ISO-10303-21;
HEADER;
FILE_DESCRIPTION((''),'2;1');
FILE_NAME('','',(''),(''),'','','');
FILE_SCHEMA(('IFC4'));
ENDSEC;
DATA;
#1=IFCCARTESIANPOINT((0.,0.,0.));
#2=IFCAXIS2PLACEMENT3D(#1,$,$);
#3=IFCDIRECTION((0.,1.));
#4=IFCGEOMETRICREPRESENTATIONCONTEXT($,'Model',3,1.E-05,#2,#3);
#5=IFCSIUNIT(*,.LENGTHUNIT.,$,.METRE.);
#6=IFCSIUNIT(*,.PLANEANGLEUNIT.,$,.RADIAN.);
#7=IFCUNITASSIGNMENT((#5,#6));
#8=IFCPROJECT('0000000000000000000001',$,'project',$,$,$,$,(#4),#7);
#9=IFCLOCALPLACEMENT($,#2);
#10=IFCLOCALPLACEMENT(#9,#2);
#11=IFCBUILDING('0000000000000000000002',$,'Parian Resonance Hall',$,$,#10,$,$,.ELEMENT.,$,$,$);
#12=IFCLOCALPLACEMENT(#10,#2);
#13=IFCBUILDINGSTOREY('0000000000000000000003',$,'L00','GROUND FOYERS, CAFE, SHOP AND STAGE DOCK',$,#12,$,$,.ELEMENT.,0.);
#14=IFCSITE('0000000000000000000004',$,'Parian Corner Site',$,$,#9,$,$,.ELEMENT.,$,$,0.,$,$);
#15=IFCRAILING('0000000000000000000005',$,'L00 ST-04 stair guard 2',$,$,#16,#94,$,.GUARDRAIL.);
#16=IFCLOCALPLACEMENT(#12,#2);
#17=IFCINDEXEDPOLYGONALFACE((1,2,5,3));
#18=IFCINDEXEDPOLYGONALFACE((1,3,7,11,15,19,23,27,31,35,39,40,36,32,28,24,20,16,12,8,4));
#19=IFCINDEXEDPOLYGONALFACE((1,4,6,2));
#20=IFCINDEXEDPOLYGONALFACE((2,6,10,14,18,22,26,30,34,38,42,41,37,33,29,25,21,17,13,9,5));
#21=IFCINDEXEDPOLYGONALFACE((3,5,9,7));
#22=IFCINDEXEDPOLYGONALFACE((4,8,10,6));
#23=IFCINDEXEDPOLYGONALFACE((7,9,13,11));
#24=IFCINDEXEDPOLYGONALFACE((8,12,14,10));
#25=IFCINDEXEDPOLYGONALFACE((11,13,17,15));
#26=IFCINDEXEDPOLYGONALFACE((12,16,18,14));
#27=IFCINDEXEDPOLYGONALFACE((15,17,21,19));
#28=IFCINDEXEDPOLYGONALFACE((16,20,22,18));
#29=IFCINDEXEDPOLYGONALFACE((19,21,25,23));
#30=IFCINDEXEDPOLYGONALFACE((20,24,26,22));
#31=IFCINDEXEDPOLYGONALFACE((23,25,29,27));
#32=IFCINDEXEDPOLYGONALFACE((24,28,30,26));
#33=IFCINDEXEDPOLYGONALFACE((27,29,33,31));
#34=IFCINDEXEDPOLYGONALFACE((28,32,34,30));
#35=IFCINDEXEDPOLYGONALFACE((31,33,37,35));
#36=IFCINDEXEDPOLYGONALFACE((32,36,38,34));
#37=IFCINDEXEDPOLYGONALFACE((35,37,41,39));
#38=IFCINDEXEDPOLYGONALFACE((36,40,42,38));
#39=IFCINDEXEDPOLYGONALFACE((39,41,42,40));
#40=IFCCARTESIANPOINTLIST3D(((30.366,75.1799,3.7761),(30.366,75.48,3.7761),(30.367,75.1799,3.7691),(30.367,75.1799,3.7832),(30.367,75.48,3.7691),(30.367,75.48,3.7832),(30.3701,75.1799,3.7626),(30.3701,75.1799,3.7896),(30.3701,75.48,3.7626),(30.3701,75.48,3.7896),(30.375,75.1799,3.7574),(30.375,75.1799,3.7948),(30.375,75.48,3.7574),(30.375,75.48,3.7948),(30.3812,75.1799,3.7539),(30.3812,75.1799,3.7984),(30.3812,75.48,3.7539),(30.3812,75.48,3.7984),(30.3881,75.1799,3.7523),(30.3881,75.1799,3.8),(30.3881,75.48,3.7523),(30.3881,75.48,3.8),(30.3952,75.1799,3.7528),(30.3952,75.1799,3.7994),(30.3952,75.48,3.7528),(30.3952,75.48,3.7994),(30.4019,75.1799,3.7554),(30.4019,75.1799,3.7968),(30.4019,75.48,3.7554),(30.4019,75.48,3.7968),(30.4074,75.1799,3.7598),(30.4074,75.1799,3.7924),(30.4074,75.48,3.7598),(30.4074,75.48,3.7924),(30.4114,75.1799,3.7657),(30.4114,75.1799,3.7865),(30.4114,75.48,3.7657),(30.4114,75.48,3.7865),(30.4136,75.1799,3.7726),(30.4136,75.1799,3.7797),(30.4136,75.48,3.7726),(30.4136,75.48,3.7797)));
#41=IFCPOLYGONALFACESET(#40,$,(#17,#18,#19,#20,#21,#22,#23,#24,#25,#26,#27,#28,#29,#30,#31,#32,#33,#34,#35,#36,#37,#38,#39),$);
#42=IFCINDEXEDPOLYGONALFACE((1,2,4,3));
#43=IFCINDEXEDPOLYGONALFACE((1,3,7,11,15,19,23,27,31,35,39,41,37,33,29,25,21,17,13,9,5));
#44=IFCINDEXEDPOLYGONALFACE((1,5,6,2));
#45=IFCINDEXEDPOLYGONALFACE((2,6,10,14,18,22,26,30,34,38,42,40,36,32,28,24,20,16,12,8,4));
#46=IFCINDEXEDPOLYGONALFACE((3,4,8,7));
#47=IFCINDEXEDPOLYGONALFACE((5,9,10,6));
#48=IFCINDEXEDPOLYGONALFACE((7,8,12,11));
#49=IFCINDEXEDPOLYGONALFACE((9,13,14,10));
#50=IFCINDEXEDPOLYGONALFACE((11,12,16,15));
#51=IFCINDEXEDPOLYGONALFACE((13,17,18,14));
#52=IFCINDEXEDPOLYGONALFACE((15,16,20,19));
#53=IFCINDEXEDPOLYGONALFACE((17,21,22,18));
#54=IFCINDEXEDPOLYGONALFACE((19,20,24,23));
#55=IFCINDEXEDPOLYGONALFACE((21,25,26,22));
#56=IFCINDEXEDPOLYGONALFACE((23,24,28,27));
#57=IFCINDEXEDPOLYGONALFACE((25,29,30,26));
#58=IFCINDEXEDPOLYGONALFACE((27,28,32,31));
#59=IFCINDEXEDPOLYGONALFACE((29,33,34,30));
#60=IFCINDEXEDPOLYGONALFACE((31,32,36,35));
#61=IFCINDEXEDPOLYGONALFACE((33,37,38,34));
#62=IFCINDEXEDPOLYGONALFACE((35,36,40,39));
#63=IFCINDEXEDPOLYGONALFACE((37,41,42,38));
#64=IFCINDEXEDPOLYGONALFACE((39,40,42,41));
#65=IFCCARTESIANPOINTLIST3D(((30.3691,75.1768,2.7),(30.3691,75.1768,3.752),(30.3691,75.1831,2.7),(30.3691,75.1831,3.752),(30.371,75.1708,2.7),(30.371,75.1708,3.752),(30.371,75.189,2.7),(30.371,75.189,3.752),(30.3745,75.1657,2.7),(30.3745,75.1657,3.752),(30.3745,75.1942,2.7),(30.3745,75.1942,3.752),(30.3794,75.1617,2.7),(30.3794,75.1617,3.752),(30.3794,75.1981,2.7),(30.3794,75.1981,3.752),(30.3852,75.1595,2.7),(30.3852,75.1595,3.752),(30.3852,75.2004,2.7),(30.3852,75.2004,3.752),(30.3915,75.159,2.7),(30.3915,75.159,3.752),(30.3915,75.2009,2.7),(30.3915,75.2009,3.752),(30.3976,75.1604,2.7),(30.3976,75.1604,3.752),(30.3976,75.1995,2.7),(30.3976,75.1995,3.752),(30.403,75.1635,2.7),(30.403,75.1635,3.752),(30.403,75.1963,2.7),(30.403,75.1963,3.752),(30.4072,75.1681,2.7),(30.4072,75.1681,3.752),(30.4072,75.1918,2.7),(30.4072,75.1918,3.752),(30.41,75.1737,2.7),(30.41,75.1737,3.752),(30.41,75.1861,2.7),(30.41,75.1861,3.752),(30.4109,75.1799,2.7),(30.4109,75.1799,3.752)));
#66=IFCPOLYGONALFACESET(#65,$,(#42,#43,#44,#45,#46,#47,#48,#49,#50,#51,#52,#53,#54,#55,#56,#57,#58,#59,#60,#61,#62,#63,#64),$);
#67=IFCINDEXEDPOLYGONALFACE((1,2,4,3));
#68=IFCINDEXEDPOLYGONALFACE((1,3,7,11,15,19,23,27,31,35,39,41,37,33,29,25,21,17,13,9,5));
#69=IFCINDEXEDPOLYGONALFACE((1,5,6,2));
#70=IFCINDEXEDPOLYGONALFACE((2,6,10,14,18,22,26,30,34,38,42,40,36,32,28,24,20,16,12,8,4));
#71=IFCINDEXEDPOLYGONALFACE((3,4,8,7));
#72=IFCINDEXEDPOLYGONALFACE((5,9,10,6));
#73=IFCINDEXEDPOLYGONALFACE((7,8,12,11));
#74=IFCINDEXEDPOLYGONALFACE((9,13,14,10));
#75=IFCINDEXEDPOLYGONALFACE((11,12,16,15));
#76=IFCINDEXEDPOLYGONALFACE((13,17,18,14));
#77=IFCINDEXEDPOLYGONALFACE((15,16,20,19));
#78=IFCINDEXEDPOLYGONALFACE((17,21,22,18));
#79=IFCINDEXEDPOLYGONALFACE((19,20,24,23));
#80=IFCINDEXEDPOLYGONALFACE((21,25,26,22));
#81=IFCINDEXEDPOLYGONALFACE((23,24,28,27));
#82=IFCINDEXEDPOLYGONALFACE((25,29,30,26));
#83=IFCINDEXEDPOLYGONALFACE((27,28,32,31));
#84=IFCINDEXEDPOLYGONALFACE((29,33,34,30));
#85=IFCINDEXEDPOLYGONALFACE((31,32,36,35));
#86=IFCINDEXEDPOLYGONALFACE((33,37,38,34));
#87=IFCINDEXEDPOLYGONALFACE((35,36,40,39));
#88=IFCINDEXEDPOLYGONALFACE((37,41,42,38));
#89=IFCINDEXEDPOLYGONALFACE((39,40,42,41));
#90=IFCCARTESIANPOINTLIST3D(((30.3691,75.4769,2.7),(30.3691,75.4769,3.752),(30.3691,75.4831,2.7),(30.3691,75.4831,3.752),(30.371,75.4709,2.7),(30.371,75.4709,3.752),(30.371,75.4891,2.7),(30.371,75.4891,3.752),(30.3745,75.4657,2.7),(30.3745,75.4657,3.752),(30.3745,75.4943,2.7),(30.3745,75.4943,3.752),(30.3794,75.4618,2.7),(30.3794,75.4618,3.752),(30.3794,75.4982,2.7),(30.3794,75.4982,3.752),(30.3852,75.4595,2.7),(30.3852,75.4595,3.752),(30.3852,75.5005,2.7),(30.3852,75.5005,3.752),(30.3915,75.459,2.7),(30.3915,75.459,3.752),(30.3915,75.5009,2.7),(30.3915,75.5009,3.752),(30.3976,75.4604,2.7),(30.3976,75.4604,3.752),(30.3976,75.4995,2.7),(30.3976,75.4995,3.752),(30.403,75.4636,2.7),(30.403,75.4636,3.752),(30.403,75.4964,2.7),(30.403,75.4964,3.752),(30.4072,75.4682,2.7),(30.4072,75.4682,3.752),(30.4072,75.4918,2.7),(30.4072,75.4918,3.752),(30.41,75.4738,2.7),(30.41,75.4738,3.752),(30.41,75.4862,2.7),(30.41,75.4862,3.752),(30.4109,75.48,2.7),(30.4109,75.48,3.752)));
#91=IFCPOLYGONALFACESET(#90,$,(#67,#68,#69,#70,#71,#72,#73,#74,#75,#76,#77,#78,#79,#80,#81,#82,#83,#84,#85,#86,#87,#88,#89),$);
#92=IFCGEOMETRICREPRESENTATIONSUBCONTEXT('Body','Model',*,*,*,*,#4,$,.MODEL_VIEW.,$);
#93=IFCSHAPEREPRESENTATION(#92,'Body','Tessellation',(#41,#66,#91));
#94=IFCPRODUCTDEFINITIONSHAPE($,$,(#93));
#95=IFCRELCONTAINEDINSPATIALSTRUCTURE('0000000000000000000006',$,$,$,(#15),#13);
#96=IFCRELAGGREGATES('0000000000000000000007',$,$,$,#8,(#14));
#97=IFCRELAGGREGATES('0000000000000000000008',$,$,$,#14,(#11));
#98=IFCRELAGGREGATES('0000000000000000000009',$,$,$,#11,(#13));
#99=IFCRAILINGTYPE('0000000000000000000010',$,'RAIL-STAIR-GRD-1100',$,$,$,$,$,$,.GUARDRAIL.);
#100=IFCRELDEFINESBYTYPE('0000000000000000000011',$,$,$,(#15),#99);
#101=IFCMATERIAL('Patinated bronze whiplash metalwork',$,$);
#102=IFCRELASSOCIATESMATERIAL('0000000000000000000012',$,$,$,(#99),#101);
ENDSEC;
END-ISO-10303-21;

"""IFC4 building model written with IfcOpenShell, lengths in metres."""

from ifc_helpers import new_model, si_unit, direction, frame, origin, origin_2d, place, context, subcontext, project, spatial, circle, extrude, material, type_object, element, save


model = new_model("IFC4")

# Units and contexts
model_context = context("Model", 3, precision=1e-05, world=origin(), true_north=direction((0.0, 1.0)))
body_context = subcontext(model_context, "Body", "Model", "MODEL_VIEW")
ifc_project = project(units=[si_unit("LENGTHUNIT", "METRE"), si_unit("PLANEANGLEUNIT", "RADIAN")], contexts=[model_context])

# Site, building, storey
site_placement = place(None, origin())
site = spatial("IfcSite", under=ifc_project, at=site_placement, Name="Parian Corner Site", CompositionType="ELEMENT", RefElevation=0.0)
building_placement = place(site_placement, origin())
building = spatial("IfcBuilding", under=site, at=building_placement, Name="Parian Resonance Hall", CompositionType="ELEMENT")
storey_placement = place(building_placement, origin())
storey = spatial("IfcBuildingStorey", under=building, at=storey_placement, Name="L00", Description="GROUND FOYERS, CAFE, SHOP AND STAGE DOCK", CompositionType="ELEMENT", Elevation=0.0)

# Railing
ifc_material_1 = material(Name="Patinated bronze whiplash metalwork")
railing_type_1 = type_object("IfcRailingType", Name="RAIL-STAIR-GRD-1100", PredefinedType="GUARDRAIL", material=ifc_material_1)
railing_1_placement = place(storey_placement, frame((30.3899, 75.1799, 2.7)))
element("IfcRailing", 1, at=railing_1_placement, inside=storey, type_object=railing_type_1, Name="L00 ST-04 stair guard 2", PredefinedType="GUARDRAIL", context=body_context, shape_type="SweptSolid", body=[
    extrude(circle(Radius=0.0239, at=origin_2d()), frame((0.0, 0.0, 1.0762), z_axis=(0.0, 1.0, 0.0), x_axis=(-1.0, 0.0, 0.0)), (0.0, 0.0, 1.0), 0.3),
    extrude(circle(Radius=0.021, at=origin_2d()), origin(), (0.0, 0.0, 1.0), 1.052),
    extrude(circle(Radius=0.021, at=origin_2d()), frame((0.0, 0.3, 0.0)), (0.0, 0.0, 1.0), 1.052),
])

save(model, "model.ifc")
